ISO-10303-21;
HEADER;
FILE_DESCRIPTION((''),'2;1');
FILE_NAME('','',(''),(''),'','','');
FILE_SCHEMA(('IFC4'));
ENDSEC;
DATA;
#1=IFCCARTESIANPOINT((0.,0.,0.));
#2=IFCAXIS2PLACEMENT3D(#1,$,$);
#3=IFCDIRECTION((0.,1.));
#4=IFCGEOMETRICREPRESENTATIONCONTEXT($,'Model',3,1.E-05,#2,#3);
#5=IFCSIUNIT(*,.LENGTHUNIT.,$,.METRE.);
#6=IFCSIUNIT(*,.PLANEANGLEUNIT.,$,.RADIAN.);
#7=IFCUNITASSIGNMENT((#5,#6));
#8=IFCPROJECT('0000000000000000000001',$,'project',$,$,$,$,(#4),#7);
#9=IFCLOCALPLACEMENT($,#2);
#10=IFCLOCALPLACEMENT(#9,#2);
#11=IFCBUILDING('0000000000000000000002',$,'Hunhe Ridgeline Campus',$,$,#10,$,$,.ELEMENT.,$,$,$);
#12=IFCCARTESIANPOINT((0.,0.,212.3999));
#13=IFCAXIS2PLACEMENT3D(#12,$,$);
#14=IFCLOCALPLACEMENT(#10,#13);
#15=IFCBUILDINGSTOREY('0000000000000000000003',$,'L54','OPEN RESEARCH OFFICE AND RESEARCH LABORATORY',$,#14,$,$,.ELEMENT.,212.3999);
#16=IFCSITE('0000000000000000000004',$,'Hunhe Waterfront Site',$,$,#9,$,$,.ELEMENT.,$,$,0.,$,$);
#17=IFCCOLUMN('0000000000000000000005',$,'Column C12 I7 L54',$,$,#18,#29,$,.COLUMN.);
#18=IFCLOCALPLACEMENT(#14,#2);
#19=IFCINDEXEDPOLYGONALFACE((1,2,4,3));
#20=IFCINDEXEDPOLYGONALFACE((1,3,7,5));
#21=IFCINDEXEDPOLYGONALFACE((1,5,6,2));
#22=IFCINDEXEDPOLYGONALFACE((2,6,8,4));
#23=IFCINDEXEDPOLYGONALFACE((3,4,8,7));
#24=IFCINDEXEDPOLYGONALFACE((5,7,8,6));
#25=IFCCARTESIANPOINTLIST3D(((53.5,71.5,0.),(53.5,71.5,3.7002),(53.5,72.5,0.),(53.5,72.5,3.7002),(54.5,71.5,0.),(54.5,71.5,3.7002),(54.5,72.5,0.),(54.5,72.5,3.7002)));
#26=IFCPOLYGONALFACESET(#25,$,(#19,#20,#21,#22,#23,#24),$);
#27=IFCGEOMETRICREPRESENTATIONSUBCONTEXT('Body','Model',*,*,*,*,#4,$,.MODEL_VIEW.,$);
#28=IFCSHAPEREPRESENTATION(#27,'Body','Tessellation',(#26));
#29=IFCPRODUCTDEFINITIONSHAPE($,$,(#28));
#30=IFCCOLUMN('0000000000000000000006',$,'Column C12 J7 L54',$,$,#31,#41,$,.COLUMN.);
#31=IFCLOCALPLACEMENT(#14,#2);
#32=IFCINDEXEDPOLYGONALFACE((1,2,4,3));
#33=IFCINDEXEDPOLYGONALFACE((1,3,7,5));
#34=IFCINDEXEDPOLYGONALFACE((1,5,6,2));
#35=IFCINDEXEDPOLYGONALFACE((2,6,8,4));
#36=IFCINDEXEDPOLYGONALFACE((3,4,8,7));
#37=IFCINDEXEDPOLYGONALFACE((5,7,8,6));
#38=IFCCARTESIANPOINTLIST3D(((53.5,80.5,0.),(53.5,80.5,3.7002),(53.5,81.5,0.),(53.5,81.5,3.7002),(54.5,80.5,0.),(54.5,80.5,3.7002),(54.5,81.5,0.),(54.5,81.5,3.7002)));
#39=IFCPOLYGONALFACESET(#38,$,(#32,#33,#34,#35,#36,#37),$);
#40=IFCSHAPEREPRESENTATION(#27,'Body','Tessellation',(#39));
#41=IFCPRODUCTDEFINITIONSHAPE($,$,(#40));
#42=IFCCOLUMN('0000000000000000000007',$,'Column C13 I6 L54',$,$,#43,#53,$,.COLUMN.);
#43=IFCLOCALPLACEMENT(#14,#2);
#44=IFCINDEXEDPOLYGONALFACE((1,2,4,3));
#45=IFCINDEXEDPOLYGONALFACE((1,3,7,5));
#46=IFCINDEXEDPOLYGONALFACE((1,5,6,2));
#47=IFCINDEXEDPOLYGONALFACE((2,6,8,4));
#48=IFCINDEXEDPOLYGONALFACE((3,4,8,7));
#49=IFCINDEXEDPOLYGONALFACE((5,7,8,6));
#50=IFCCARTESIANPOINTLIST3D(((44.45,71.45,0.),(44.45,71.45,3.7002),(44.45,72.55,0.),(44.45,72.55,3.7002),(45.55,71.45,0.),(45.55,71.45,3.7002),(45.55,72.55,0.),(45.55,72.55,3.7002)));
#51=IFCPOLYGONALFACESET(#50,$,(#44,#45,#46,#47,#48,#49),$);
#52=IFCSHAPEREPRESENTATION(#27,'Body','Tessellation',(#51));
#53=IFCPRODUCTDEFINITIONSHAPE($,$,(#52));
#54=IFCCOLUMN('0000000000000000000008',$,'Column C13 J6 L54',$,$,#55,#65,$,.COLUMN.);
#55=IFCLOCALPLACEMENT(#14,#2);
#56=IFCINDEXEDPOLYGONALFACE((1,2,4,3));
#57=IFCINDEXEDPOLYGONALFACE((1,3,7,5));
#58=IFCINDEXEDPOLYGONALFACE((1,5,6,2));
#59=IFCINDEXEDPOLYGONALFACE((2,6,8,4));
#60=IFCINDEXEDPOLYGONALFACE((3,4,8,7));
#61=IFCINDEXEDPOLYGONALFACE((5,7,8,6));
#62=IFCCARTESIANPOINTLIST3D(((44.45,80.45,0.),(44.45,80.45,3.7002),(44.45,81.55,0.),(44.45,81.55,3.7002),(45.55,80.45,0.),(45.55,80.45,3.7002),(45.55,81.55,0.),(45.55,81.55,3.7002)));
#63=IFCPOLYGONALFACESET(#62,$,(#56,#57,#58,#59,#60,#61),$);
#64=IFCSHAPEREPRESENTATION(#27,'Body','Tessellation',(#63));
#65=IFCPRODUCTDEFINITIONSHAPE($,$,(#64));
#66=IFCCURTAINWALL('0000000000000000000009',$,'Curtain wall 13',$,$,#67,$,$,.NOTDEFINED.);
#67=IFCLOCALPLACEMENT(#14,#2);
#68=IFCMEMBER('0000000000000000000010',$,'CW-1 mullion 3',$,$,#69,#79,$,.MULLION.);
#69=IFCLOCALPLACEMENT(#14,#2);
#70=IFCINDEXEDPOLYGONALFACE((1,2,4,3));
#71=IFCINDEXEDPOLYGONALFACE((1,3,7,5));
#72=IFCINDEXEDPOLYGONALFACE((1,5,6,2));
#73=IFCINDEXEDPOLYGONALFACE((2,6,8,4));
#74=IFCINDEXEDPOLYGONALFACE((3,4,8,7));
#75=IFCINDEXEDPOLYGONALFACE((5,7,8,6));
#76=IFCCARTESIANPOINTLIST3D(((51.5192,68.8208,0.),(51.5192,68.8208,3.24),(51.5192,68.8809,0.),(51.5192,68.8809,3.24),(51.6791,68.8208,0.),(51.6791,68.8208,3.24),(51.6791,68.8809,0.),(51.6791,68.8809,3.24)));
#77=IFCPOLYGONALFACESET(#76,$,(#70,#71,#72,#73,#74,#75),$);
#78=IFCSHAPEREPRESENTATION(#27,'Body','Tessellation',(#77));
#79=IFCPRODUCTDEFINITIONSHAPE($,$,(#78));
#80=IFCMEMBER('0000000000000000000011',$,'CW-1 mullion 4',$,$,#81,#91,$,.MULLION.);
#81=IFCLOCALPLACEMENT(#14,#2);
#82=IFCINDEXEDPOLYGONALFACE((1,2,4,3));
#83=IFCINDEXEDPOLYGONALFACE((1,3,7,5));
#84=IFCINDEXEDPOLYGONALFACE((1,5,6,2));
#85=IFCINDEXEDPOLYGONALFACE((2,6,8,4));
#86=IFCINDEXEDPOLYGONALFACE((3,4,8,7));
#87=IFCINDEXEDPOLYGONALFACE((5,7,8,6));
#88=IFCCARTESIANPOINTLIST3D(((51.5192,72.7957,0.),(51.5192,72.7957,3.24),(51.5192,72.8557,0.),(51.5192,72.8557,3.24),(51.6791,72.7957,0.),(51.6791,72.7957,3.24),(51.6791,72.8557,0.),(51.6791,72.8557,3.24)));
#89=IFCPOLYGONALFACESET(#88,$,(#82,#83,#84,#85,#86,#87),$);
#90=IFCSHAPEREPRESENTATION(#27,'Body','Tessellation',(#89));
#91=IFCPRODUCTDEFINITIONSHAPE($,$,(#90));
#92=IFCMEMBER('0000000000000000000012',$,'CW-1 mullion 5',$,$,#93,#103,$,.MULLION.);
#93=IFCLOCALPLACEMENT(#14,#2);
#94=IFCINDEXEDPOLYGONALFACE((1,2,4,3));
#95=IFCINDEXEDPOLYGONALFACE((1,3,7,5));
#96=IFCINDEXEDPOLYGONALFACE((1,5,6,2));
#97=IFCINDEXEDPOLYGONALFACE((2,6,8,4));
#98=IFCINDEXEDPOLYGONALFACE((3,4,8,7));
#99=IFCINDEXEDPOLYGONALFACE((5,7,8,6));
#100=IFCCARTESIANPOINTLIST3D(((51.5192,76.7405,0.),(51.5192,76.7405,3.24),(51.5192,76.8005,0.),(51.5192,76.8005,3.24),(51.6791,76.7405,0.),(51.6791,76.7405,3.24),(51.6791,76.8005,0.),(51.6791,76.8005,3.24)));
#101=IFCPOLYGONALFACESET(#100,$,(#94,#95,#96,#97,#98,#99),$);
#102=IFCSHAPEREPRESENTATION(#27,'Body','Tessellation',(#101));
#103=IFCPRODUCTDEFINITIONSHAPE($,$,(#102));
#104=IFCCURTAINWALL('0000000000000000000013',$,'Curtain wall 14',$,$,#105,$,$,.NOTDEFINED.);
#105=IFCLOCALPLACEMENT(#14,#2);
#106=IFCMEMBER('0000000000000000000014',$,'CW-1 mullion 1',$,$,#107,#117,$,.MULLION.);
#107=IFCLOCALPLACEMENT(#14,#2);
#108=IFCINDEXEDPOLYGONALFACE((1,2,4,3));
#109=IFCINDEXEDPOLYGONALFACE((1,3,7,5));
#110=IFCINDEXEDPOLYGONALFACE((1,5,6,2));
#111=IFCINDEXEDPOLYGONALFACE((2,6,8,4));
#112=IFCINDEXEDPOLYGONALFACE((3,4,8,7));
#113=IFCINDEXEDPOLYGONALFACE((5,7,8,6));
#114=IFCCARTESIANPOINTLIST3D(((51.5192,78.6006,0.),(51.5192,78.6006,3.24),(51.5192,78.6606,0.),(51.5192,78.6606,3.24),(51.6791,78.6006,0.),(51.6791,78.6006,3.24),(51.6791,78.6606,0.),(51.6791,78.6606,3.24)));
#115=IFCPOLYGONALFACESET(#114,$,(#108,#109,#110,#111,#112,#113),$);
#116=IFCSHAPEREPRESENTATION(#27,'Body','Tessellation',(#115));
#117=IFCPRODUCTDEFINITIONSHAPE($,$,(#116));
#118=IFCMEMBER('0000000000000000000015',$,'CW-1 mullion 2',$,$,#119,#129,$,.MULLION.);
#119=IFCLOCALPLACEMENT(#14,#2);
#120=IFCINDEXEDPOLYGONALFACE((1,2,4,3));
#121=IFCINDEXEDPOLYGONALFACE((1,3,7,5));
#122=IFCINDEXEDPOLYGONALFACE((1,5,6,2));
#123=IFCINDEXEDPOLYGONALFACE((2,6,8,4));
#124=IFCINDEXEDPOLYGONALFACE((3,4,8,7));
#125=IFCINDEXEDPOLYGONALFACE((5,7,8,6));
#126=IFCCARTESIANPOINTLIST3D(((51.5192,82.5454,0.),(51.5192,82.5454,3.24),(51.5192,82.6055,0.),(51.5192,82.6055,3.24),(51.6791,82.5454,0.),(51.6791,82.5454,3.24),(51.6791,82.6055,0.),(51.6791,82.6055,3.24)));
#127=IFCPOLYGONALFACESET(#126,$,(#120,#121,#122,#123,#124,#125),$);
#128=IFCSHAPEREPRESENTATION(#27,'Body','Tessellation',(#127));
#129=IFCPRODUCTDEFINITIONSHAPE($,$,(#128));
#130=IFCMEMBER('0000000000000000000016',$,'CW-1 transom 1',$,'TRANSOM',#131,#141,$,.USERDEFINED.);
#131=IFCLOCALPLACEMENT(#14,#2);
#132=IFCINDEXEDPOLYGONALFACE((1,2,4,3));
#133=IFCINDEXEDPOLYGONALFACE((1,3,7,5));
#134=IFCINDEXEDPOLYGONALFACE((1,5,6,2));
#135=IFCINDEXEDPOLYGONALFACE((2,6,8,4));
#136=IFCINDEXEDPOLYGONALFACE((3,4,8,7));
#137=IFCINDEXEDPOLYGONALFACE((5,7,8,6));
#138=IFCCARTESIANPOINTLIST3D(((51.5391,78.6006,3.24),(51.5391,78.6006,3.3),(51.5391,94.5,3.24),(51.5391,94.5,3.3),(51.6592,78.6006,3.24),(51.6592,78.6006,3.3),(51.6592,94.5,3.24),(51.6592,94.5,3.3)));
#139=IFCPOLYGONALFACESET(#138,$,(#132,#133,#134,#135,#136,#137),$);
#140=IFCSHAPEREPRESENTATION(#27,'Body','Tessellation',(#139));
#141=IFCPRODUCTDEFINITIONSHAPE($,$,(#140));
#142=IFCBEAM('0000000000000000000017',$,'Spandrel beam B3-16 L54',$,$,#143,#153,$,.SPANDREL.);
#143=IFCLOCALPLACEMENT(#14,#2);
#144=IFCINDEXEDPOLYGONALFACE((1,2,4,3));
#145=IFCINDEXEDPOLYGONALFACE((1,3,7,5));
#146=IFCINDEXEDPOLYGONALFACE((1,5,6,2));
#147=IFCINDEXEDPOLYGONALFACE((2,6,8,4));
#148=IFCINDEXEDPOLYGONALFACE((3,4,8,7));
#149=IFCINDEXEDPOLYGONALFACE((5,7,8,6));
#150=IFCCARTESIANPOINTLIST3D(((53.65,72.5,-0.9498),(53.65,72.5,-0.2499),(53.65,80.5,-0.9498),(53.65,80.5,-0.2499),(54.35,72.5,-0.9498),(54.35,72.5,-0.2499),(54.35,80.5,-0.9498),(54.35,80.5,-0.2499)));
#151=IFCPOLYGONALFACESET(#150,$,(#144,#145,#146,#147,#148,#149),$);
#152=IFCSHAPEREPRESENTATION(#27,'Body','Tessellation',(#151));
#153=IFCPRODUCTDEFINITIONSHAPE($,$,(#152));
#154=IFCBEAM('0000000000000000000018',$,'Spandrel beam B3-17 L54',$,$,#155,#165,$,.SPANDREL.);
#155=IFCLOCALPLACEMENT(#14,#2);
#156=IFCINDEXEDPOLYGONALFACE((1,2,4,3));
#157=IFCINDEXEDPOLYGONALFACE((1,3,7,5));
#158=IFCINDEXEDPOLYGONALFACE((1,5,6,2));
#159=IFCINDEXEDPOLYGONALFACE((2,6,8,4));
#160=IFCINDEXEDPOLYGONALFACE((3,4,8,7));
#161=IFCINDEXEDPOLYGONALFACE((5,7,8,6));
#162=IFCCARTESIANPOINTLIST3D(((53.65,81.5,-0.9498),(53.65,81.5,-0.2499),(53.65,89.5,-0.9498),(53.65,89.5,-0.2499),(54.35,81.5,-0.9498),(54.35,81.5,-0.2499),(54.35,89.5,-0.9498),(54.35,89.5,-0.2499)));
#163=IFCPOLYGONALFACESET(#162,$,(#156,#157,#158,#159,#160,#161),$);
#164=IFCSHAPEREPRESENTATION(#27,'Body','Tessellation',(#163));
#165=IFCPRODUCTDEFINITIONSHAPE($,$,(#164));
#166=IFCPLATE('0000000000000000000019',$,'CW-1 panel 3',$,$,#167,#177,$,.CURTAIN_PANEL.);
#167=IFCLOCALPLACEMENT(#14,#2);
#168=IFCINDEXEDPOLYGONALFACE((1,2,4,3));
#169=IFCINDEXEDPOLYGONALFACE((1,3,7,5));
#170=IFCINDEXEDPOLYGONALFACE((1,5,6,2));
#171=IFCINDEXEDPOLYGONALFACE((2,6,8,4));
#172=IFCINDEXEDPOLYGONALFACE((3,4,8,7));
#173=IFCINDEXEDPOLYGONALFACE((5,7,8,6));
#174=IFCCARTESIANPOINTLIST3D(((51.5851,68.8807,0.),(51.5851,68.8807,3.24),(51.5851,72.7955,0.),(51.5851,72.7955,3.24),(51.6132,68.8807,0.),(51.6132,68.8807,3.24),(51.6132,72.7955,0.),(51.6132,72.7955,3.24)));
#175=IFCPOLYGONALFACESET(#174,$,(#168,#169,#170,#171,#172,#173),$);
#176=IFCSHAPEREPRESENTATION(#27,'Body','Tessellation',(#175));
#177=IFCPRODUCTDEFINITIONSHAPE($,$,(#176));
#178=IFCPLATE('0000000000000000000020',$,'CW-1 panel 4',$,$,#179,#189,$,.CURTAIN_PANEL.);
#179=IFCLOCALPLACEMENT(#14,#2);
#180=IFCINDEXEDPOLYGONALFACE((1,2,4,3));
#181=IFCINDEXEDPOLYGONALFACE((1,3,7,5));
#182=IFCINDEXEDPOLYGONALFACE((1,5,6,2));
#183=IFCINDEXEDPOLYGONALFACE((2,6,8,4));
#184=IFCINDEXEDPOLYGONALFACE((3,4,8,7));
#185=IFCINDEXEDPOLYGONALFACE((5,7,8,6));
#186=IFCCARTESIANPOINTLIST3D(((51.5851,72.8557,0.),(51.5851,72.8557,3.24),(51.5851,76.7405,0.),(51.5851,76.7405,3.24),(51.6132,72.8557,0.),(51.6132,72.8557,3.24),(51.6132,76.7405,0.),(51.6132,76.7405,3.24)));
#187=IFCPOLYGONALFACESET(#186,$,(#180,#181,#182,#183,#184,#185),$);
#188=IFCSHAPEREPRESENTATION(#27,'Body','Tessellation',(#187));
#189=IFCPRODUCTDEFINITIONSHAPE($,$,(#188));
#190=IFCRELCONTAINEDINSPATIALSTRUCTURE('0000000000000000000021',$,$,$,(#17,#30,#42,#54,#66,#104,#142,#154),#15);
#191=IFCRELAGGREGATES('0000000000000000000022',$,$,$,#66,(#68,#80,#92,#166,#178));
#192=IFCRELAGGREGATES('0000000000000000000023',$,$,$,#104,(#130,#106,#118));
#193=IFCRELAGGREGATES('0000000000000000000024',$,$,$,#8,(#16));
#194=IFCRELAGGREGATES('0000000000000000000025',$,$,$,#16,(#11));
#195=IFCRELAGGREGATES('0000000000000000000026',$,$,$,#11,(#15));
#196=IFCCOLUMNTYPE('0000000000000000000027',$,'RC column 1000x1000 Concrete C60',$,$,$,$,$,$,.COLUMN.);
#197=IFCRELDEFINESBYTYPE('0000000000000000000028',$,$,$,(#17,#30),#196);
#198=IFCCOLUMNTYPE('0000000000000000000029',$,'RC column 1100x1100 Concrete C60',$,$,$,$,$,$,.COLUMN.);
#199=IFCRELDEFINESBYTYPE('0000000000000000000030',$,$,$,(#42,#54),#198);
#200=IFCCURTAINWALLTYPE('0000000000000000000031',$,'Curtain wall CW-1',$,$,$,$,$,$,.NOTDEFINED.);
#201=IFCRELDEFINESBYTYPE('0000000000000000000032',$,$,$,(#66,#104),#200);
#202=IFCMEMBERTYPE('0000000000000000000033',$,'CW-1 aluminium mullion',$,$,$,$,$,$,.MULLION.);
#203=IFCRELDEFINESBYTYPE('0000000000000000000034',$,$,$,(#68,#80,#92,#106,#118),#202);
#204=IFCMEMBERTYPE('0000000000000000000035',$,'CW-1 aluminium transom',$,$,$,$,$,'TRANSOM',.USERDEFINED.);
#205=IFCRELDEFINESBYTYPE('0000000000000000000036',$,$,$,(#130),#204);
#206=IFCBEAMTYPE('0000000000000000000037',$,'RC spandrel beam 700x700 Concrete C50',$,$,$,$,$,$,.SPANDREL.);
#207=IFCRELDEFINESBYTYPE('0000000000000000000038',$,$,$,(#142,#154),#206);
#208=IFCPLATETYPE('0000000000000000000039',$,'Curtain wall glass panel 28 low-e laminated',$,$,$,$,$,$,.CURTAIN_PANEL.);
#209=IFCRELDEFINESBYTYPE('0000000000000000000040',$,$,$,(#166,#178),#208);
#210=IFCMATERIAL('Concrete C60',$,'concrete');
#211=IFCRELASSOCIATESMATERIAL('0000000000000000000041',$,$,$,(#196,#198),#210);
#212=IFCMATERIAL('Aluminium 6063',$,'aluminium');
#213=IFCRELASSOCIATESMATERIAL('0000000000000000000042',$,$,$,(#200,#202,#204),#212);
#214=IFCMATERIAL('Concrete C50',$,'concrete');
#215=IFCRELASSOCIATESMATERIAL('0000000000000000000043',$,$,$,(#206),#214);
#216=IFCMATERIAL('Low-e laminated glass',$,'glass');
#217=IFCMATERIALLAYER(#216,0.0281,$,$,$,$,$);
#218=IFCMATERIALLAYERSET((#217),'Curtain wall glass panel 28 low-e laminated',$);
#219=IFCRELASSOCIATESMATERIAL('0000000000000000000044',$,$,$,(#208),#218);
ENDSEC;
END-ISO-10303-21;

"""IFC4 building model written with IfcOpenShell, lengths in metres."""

from ifc_helpers import new_model, si_unit, direction, frame, origin, origin_2d, place, context, subcontext, project, spatial, rectangle, extrude, material, layer, layer_set, material_profile, profile_set, type_object, element, aggregate, save


model = new_model("IFC4")

# Units and contexts
model_context = context("Model", 3, precision=1e-05, world=origin(), true_north=direction((0.0, 1.0)))
body_context = subcontext(model_context, "Body", "Model", "MODEL_VIEW")
ifc_project = project(units=[si_unit("LENGTHUNIT", "METRE"), si_unit("PLANEANGLEUNIT", "RADIAN")], contexts=[model_context])

# Site, building, storey
site_placement = place(None, origin())
site = spatial("IfcSite", under=ifc_project, at=site_placement, Name="Hunhe Waterfront Site", CompositionType="ELEMENT", RefElevation=0.0)
building_placement = place(site_placement, origin())
building = spatial("IfcBuilding", under=site, at=building_placement, Name="Hunhe Ridgeline Campus", CompositionType="ELEMENT")
storey_placement = place(building_placement, frame((0.0, 0.0, 212.3999)))
storey = spatial("IfcBuildingStorey", under=building, at=storey_placement, Name="L54", Description="OPEN RESEARCH OFFICE AND RESEARCH LABORATORY", CompositionType="ELEMENT", Elevation=212.3999)

# Columns
ifc_material_1 = material(Name="Concrete C60", Category="concrete")
ifc_material_profile_1 = material_profile(ifc_material_1, rectangle(XDim=1.0, YDim=1.0, at=origin_2d()))
ifc_profile_set_1 = profile_set([ifc_material_profile_1], Name="Concrete C60")
column_type_1 = type_object("IfcColumnType", Name="RC column 1000x1000 Concrete C60", PredefinedType="COLUMN", material=ifc_profile_set_1)
for number, where, z_axis, x_axis, name in (
    (1, (54.0, 72.0, 0.0), (0.0, 0.0, 1.0), (1.0, 0.0, 0.0), "Column C12 I7 L54"),
    (2, (54.0, 81.0, 0.0), (0.0, 0.0, 1.0), (1.0, 0.0, 0.0), "Column C12 J7 L54"),
):
    element("IfcColumn", number, at=place(storey_placement, frame(where, z_axis=z_axis, x_axis=x_axis)), inside=storey, type_object=column_type_1, Name=name, PredefinedType="COLUMN", context=body_context, shape_type="SweptSolid", body=[
        extrude(rectangle(XDim=1.0, YDim=1.0, at=origin_2d()), origin(), (0.0, 0.0, 1.0), 3.7002),
    ])
ifc_material_profile_2 = material_profile(ifc_material_1, rectangle(XDim=1.1001, YDim=1.1001, at=origin_2d()))
ifc_profile_set_2 = profile_set([ifc_material_profile_2], Name="Concrete C60")
column_type_2 = type_object("IfcColumnType", Name="RC column 1100x1100 Concrete C60", PredefinedType="COLUMN", material=ifc_profile_set_2)
for number, where, z_axis, x_axis, name in (
    (3, (45.0, 72.0, 0.0), (0.0, 0.0, 1.0), (1.0, 0.0, 0.0), "Column C13 I6 L54"),
    (4, (45.0, 81.0, 0.0), (0.0, 0.0, 1.0), (1.0, 0.0, 0.0), "Column C13 J6 L54"),
):
    element("IfcColumn", number, at=place(storey_placement, frame(where, z_axis=z_axis, x_axis=x_axis)), inside=storey, type_object=column_type_2, Name=name, PredefinedType="COLUMN", context=body_context, shape_type="SweptSolid", body=[
        extrude(rectangle(XDim=1.1001, YDim=1.1001, at=origin_2d()), origin(), (0.0, 0.0, 1.0), 3.7002),
    ])

# Curtain walls, members
ifc_material_2 = material(Name="Aluminium 6063", Category="aluminium")
curtain_wall_type = type_object("IfcCurtainWallType", Name="Curtain wall CW-1", PredefinedType="NOTDEFINED", material=ifc_material_2)
curtain_wall_1_placement = place(storey_placement, origin())
curtain_wall_1 = element("IfcCurtainWall", 5, at=curtain_wall_1_placement, inside=storey, type_object=curtain_wall_type, Name="Curtain wall 13", PredefinedType="NOTDEFINED")
ifc_material_profile_3 = material_profile(ifc_material_2, rectangle(XDim=0.1599, YDim=0.0601, at=origin_2d()))
ifc_profile_set_3 = profile_set([ifc_material_profile_3], Name="Aluminium 6063")
member_type_1 = type_object("IfcMemberType", Name="CW-1 aluminium mullion", PredefinedType="MULLION", material=ifc_profile_set_3)
member_1_placement = place(storey_placement, frame((51.5991, 68.8508, 0.0), z_axis=(0.0, 0.0, 1.0), x_axis=(-1.0, 0.0, 0.0)))
member_1 = element("IfcMember", 6, at=member_1_placement, type_object=member_type_1, Name="CW-1 mullion 3", PredefinedType="MULLION", context=body_context, shape_type="SweptSolid", body=[
    extrude(rectangle(XDim=0.1599, YDim=0.0601, at=origin_2d()), origin(), (0.0, 0.0, 1.0), 3.24),
])
member_2_placement = place(storey_placement, frame((51.5991, 72.8257, 0.0), z_axis=(0.0, 0.0, 1.0), x_axis=(-1.0, 0.0, 0.0)))
member_2 = element("IfcMember", 7, at=member_2_placement, type_object=member_type_1, Name="CW-1 mullion 4", PredefinedType="MULLION", context=body_context, shape_type="SweptSolid", body=[
    extrude(rectangle(XDim=0.1599, YDim=0.0601, at=origin_2d()), origin(), (0.0, 0.0, 1.0), 3.24),
])
member_3_placement = place(storey_placement, frame((51.5991, 76.7705, 0.0), z_axis=(0.0, 0.0, 1.0), x_axis=(-1.0, 0.0, 0.0)))
member_3 = element("IfcMember", 8, at=member_3_placement, type_object=member_type_1, Name="CW-1 mullion 5", PredefinedType="MULLION", context=body_context, shape_type="SweptSolid", body=[
    extrude(rectangle(XDim=0.1599, YDim=0.0601, at=origin_2d()), origin(), (0.0, 0.0, 1.0), 3.24),
])
curtain_wall_2_placement = place(storey_placement, origin())
curtain_wall_2 = element("IfcCurtainWall", 9, at=curtain_wall_2_placement, inside=storey, type_object=curtain_wall_type, Name="Curtain wall 14", PredefinedType="NOTDEFINED")
member_4_placement = place(storey_placement, frame((51.5991, 78.6306, 0.0), z_axis=(0.0, 0.0, 1.0), x_axis=(-1.0, 0.0, 0.0)))
member_4 = element("IfcMember", 10, at=member_4_placement, type_object=member_type_1, Name="CW-1 mullion 1", PredefinedType="MULLION", context=body_context, shape_type="SweptSolid", body=[
    extrude(rectangle(XDim=0.1599, YDim=0.0601, at=origin_2d()), origin(), (0.0, 0.0, 1.0), 3.24),
])
member_5_placement = place(storey_placement, frame((51.5991, 82.5754, 0.0), z_axis=(0.0, 0.0, 1.0), x_axis=(-1.0, 0.0, 0.0)))
member_5 = element("IfcMember", 11, at=member_5_placement, type_object=member_type_1, Name="CW-1 mullion 2", PredefinedType="MULLION", context=body_context, shape_type="SweptSolid", body=[
    extrude(rectangle(XDim=0.1599, YDim=0.0601, at=origin_2d()), origin(), (0.0, 0.0, 1.0), 3.24),
])
ifc_material_profile_4 = material_profile(ifc_material_2, rectangle(XDim=0.1201, YDim=0.0601, at=origin_2d()))
ifc_profile_set_4 = profile_set([ifc_material_profile_4], Name="Aluminium 6063")
member_type_2 = type_object("IfcMemberType", Name="CW-1 aluminium transom", ElementType="TRANSOM", PredefinedType="USERDEFINED", material=ifc_profile_set_4)
member_6_placement = place(storey_placement, frame((51.5991, 78.6006, 3.27), z_axis=(0.0, 1.0, 0.0), x_axis=(-1.0, 0.0, 0.0)))
member_6 = element("IfcMember", 12, at=member_6_placement, type_object=member_type_2, Name="CW-1 transom 1", ObjectType="TRANSOM", PredefinedType="USERDEFINED", context=body_context, shape_type="SweptSolid", body=[
    extrude(rectangle(XDim=0.1201, YDim=0.0601, at=origin_2d()), origin(), (0.0, 0.0, 1.0), 15.8994),
])

# Beams
ifc_material_3 = material(Name="Concrete C50", Category="concrete")
ifc_material_profile_5 = material_profile(ifc_material_3, rectangle(XDim=0.7, YDim=0.7, at=origin_2d()))
ifc_profile_set_5 = profile_set([ifc_material_profile_5], Name="Concrete C50")
beam_type = type_object("IfcBeamType", Name="RC spandrel beam 700x700 Concrete C50", PredefinedType="SPANDREL", material=ifc_profile_set_5)
for number, where, z_axis, x_axis, name in (
    (13, (54.0, 72.5, -0.5999), (0.0, 1.0, 0.0), (-1.0, 0.0, 0.0), "Spandrel beam B3-16 L54"),
    (14, (54.0, 81.5, -0.5999), (0.0, 1.0, 0.0), (-1.0, 0.0, 0.0), "Spandrel beam B3-17 L54"),
):
    element("IfcBeam", number, at=place(storey_placement, frame(where, z_axis=z_axis, x_axis=x_axis)), inside=storey, type_object=beam_type, Name=name, PredefinedType="SPANDREL", context=body_context, shape_type="SweptSolid", body=[
        extrude(rectangle(XDim=0.7, YDim=0.7, at=origin_2d()), origin(), (0.0, 0.0, 1.0), 8.0),
    ])

# Plates
ifc_material_4 = material(Name="Low-e laminated glass", Category="glass")
ifc_layer_1 = layer(ifc_material_4, 0.0281)
ifc_layer_set_1 = layer_set([ifc_layer_1], Name="Curtain wall glass panel 28 low-e laminated")
plate_type = type_object("IfcPlateType", Name="Curtain wall glass panel 28 low-e laminated", PredefinedType="CURTAIN_PANEL", material=ifc_layer_set_1)
plate_1_placement = place(storey_placement, frame((51.5991, 70.8381, 0.0), z_axis=(0.0, 0.0, 1.0), x_axis=(0.0, 1.0, 0.0)))
plate_1 = element("IfcPlate", 15, at=plate_1_placement, type_object=plate_type, Name="CW-1 panel 3", PredefinedType="CURTAIN_PANEL", context=body_context, shape_type="SweptSolid", body=[
    extrude(rectangle(XDim=3.9148, YDim=0.0281, at=origin_2d()), origin(), (0.0, 0.0, 1.0), 3.24),
])
plate_2_placement = place(storey_placement, frame((51.5991, 74.7981, 0.0), z_axis=(0.0, 0.0, 1.0), x_axis=(0.0, 1.0, 0.0)))
plate_2 = element("IfcPlate", 16, at=plate_2_placement, type_object=plate_type, Name="CW-1 panel 4", PredefinedType="CURTAIN_PANEL", context=body_context, shape_type="SweptSolid", body=[
    extrude(rectangle(XDim=3.8848, YDim=0.0281, at=origin_2d()), origin(), (0.0, 0.0, 1.0), 3.24),
])
aggregate(curtain_wall_1, [member_1, member_2, member_3, plate_1, plate_2])
aggregate(curtain_wall_2, [member_6, member_4, member_5])

save(model, "model.ifc")
